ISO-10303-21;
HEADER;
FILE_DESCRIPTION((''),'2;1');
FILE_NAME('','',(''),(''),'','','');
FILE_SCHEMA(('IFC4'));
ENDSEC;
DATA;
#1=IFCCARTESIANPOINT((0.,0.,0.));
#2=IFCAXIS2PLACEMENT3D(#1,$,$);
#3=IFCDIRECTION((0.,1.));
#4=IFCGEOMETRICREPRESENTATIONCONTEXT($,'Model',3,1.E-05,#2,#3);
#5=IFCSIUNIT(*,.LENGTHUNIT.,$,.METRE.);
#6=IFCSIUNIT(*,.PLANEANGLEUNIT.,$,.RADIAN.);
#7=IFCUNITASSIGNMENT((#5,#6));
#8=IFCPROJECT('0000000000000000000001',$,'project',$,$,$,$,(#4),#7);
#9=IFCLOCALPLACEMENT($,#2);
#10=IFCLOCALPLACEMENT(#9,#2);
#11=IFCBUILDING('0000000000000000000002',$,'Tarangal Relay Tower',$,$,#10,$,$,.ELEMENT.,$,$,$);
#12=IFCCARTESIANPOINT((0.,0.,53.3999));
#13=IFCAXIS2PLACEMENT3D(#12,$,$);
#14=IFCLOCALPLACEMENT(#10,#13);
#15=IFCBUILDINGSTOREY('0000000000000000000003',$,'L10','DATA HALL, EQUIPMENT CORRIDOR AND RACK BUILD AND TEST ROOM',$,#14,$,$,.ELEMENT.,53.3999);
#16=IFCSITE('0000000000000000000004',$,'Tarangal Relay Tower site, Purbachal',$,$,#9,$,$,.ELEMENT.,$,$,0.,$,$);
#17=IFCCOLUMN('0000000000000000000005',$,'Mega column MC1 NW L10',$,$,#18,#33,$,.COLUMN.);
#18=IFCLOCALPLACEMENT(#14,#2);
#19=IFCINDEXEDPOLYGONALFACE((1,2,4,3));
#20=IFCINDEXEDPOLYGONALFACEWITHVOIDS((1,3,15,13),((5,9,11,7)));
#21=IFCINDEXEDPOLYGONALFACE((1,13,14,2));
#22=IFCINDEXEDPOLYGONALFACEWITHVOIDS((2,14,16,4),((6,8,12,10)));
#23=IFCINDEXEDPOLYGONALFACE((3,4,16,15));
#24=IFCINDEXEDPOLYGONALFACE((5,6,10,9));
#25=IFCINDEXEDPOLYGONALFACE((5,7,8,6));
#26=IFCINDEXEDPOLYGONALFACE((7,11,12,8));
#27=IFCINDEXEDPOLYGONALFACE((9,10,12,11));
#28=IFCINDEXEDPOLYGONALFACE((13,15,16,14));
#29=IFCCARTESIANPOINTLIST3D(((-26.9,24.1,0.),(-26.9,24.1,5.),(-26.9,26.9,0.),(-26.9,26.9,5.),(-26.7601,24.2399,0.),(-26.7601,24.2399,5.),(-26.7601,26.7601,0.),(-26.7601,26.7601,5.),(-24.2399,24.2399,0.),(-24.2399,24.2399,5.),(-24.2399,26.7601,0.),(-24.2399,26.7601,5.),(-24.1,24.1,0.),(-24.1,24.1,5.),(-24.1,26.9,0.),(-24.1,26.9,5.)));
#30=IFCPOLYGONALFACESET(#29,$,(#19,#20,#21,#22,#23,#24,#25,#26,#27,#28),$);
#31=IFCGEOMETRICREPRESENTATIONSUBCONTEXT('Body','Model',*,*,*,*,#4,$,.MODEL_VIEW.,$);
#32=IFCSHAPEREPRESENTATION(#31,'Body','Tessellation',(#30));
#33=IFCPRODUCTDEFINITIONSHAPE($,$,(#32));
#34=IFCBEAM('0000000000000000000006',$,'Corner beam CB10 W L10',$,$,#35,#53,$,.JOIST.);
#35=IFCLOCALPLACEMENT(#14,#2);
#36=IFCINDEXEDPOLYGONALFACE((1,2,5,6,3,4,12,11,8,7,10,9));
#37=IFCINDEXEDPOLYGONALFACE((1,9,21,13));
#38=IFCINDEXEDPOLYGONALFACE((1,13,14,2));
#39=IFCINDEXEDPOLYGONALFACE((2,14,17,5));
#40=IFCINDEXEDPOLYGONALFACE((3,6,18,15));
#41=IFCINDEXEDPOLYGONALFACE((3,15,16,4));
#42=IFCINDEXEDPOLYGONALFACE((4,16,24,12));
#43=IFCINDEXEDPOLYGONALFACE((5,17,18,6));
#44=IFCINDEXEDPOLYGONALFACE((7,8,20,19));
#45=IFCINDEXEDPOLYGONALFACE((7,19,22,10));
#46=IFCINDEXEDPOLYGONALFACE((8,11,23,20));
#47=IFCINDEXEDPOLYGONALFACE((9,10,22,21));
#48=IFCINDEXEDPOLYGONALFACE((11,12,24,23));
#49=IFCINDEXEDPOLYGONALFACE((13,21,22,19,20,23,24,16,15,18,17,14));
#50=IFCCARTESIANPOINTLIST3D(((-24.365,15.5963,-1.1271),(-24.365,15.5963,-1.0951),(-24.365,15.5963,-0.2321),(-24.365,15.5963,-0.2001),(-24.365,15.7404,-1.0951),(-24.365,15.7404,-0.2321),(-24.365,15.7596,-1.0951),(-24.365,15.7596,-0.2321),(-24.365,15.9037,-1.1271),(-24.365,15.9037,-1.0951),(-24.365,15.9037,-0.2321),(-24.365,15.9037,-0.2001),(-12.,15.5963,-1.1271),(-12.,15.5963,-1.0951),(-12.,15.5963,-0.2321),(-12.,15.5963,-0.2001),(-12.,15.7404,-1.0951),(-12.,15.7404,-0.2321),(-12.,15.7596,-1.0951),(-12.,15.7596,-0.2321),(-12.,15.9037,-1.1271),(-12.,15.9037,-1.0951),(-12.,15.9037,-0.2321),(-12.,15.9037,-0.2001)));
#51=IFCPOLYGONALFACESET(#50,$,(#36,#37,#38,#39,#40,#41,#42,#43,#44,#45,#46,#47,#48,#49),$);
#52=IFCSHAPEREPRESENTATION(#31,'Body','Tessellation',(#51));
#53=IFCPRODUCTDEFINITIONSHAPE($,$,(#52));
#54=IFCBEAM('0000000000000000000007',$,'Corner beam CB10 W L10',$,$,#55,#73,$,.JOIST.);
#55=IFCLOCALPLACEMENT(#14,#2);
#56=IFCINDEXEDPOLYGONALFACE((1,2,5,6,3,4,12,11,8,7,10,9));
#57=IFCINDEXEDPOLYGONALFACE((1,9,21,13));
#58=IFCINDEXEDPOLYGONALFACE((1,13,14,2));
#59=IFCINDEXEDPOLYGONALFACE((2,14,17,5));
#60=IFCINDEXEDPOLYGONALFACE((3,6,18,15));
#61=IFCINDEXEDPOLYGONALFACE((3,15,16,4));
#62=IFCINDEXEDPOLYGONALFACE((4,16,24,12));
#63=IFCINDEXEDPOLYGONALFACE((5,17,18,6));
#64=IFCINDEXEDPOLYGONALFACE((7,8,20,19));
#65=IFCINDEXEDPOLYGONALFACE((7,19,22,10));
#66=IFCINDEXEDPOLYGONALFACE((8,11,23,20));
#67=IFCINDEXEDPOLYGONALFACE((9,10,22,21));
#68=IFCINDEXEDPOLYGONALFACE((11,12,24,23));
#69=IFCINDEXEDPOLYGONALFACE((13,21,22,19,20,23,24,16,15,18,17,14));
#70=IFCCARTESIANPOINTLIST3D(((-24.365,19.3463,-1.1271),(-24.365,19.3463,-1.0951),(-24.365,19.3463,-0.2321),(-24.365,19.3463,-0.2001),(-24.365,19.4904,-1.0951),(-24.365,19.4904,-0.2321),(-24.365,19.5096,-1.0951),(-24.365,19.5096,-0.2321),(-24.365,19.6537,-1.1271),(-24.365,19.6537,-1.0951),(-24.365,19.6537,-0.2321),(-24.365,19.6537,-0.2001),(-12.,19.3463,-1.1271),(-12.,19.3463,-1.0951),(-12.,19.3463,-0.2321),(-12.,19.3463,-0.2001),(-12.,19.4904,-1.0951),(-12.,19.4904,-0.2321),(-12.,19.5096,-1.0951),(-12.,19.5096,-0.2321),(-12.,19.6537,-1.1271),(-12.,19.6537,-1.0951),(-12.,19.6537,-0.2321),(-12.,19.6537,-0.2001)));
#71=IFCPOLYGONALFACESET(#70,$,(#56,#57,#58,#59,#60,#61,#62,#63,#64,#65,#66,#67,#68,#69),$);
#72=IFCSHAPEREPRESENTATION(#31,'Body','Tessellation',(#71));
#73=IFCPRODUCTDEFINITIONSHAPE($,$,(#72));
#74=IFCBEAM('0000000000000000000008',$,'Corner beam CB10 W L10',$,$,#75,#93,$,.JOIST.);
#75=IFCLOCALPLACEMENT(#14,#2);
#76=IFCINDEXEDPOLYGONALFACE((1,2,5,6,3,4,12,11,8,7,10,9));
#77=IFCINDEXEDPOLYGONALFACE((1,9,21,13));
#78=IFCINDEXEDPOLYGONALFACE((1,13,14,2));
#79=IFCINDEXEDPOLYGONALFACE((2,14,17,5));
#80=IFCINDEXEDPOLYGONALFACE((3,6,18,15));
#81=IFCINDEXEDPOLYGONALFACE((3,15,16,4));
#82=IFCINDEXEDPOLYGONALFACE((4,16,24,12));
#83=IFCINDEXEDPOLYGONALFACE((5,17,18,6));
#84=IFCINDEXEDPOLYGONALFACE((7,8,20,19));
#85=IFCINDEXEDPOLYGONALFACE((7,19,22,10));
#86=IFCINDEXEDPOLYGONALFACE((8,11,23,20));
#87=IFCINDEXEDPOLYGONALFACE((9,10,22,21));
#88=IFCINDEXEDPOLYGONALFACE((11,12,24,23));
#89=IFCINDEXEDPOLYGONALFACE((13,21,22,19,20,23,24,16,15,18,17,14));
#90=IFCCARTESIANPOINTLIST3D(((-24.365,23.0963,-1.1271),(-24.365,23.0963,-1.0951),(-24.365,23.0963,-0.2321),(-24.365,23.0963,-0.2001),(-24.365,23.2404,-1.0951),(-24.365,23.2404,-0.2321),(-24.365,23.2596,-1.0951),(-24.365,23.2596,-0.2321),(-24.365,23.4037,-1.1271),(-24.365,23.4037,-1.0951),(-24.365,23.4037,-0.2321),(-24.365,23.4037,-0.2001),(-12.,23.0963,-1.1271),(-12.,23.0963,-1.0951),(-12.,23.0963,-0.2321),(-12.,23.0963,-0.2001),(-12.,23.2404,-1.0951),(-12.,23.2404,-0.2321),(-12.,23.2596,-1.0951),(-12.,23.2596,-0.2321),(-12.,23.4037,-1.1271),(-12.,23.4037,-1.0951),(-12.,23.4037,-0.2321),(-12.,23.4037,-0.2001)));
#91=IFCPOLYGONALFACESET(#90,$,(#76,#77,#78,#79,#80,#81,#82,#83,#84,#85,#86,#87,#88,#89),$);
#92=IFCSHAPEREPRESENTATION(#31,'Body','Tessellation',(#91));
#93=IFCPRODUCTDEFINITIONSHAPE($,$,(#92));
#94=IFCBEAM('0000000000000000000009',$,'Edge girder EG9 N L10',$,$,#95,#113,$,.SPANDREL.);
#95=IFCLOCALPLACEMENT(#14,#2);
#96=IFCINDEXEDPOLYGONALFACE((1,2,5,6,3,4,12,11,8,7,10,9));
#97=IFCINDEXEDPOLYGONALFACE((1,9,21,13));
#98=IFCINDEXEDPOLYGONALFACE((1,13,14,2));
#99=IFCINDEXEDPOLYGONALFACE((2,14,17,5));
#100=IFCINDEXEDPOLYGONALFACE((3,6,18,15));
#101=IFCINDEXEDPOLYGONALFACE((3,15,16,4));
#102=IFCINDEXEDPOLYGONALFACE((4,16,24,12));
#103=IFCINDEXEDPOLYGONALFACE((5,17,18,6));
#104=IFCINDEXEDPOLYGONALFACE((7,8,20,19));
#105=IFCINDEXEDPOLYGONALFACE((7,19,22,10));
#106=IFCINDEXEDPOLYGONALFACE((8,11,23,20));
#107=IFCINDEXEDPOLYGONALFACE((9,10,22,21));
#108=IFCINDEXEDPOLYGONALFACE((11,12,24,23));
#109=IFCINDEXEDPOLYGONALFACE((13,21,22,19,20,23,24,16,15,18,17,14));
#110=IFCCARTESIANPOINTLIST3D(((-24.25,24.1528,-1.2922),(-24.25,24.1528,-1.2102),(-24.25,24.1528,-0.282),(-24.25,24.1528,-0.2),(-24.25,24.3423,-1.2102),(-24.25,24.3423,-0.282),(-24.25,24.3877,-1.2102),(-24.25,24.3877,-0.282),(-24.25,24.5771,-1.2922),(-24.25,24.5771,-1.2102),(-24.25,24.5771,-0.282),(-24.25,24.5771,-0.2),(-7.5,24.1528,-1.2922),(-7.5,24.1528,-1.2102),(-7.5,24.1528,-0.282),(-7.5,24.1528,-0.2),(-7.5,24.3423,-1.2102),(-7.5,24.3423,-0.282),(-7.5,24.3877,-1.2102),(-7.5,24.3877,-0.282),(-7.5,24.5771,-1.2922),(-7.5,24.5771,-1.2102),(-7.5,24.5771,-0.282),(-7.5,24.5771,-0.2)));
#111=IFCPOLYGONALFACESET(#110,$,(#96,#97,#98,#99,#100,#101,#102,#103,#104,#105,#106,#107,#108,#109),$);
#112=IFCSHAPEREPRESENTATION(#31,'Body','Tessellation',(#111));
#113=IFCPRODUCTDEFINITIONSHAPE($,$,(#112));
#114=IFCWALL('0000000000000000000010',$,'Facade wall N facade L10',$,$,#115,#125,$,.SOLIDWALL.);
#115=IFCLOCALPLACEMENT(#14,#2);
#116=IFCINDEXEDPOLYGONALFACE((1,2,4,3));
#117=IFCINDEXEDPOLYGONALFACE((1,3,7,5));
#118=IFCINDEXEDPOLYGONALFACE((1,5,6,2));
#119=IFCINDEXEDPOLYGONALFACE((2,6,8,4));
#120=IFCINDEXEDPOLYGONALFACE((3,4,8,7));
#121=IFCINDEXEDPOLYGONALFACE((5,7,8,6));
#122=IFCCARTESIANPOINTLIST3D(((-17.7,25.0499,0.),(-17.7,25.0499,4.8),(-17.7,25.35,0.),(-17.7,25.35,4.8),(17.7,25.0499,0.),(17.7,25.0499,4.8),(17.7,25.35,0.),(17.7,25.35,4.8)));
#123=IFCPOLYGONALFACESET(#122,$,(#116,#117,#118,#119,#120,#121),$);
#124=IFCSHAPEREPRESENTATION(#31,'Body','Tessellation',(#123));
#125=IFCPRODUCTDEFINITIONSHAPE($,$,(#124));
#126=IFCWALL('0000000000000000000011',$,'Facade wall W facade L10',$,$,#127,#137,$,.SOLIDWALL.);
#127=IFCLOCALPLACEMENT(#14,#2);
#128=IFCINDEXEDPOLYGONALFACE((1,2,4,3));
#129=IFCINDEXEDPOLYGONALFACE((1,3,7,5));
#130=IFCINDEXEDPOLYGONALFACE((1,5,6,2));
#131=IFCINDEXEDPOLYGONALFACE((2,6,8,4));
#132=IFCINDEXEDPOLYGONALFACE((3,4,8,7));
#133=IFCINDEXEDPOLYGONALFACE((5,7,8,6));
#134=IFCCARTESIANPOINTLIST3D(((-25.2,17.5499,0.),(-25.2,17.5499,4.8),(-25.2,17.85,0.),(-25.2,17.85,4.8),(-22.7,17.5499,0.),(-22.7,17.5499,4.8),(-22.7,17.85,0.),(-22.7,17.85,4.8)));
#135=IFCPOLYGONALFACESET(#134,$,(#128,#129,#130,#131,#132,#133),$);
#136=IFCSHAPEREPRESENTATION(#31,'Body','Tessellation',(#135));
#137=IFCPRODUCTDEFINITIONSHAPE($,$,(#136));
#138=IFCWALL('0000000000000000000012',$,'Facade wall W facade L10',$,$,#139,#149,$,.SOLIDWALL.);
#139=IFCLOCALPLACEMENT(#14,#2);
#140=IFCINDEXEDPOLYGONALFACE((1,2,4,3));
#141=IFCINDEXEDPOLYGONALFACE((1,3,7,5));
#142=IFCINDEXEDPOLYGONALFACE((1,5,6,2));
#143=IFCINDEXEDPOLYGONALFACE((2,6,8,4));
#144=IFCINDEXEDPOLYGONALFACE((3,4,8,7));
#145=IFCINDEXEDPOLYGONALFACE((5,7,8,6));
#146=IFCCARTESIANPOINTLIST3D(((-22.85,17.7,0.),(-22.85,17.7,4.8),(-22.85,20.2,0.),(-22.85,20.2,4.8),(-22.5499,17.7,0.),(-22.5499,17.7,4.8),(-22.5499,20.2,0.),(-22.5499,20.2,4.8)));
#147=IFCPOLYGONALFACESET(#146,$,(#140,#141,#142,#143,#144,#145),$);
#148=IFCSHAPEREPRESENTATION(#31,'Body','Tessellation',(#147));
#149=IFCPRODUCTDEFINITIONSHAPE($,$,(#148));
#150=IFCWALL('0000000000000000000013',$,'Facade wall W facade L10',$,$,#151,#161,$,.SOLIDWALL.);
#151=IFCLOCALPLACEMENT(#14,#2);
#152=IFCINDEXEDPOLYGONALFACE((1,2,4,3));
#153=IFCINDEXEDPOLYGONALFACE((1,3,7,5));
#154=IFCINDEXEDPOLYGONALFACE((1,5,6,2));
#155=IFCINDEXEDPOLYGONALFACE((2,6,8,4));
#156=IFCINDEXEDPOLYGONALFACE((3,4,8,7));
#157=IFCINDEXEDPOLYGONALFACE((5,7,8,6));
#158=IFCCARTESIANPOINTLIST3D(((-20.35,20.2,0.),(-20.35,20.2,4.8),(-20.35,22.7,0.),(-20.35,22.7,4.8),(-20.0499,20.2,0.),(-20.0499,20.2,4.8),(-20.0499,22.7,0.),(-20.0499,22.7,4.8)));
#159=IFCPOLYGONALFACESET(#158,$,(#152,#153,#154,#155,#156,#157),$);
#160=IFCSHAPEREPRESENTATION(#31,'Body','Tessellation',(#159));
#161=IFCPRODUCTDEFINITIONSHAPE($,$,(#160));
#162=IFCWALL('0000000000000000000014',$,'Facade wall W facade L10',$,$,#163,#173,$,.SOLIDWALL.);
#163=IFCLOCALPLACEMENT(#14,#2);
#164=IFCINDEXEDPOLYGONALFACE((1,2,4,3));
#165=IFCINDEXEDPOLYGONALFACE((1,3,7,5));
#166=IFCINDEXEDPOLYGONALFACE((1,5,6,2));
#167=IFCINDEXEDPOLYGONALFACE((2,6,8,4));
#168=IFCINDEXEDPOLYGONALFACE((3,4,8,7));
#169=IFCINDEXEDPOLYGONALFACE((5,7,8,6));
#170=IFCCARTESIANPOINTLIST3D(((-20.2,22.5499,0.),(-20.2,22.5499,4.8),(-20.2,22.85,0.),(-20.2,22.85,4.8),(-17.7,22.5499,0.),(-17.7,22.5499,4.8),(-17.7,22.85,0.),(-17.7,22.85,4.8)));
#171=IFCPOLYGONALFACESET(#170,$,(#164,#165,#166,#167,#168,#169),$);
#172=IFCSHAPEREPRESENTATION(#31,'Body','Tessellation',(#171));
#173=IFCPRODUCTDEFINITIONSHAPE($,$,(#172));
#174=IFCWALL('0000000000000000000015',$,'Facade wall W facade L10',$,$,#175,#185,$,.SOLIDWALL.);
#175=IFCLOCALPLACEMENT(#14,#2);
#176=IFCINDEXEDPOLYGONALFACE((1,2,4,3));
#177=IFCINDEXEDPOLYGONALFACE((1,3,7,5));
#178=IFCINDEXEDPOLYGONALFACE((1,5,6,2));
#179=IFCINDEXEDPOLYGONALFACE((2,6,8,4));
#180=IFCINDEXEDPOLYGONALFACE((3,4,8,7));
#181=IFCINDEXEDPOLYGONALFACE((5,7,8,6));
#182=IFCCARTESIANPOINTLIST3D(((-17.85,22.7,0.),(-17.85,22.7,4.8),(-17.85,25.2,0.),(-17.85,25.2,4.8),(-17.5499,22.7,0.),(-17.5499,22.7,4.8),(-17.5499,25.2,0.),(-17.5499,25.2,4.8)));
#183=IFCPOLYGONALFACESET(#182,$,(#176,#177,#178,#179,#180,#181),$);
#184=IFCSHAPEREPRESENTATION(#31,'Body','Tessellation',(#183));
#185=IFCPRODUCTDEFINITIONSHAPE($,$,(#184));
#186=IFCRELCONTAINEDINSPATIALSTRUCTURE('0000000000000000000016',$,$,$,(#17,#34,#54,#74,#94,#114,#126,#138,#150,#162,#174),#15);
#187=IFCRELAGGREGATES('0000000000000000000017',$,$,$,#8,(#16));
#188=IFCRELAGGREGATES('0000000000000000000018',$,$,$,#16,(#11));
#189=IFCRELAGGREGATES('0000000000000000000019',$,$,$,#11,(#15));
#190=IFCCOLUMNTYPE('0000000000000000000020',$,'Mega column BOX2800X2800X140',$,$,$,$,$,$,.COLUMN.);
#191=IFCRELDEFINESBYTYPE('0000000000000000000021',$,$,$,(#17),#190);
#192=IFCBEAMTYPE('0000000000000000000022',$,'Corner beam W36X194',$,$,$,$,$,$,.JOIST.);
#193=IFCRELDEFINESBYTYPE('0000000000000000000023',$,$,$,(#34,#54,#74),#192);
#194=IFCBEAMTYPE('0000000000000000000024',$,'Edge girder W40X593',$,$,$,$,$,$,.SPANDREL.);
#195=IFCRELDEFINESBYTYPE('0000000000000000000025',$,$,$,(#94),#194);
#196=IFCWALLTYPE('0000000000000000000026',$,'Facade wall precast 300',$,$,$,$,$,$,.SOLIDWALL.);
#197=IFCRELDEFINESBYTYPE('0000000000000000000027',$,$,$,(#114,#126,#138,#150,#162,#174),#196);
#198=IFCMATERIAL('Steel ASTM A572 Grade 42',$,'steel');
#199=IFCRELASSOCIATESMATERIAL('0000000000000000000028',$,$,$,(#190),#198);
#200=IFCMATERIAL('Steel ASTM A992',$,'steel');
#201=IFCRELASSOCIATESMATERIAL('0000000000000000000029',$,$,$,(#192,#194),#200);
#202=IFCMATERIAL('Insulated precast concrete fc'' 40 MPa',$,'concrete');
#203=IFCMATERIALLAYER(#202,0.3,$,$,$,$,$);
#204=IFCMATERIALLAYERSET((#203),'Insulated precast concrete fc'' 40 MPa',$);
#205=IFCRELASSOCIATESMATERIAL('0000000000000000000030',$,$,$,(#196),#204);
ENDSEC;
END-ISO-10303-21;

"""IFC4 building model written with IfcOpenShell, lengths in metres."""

from ifc_helpers import new_model, si_unit, direction, frame, frame_2d, origin, origin_2d, place, context, subcontext, project, spatial, rectangle, hollow_rectangle, i_section, extrude, material, layer, layer_set, material_profile, profile_set, type_object, element, save


model = new_model("IFC4")

# Units and contexts
model_context = context("Model", 3, precision=1e-05, world=origin(), true_north=direction((0.0, 1.0)))
body_context = subcontext(model_context, "Body", "Model", "MODEL_VIEW")
ifc_project = project(units=[si_unit("LENGTHUNIT", "METRE"), si_unit("PLANEANGLEUNIT", "RADIAN")], contexts=[model_context])

# Site, building, storey
site_placement = place(None, origin())
site = spatial("IfcSite", under=ifc_project, at=site_placement, Name="Tarangal Relay Tower site, Purbachal", CompositionType="ELEMENT", RefElevation=0.0)
building_placement = place(site_placement, origin())
building = spatial("IfcBuilding", under=site, at=building_placement, Name="Tarangal Relay Tower", CompositionType="ELEMENT")
storey_placement = place(building_placement, frame((0.0, 0.0, 53.3999)))
storey = spatial("IfcBuildingStorey", under=building, at=storey_placement, Name="L10", Description="DATA HALL, EQUIPMENT CORRIDOR AND RACK BUILD AND TEST ROOM", CompositionType="ELEMENT", Elevation=53.3999)

# Column
ifc_material_1 = material(Name="Steel ASTM A572 Grade 42", Category="steel")
ifc_material_profile_1 = material_profile(ifc_material_1, hollow_rectangle(XDim=2.8, YDim=2.8, WallThickness=0.1399, at=origin_2d()), Name="BOX2800X2800X140")
ifc_profile_set_1 = profile_set([ifc_material_profile_1], Name="Steel ASTM A572 Grade 42")
column_type = type_object("IfcColumnType", Name="Mega column BOX2800X2800X140", PredefinedType="COLUMN", material=ifc_profile_set_1)
column_placement = place(storey_placement, frame((-25.5, 25.5, 0.0), z_axis=(0.0, 0.0, 1.0), x_axis=(1.0, 0.0, 0.0)))
element("IfcColumn", 1, at=column_placement, inside=storey, type_object=column_type, Name="Mega column MC1 NW L10", PredefinedType="COLUMN", context=body_context, shape_type="SweptSolid", body=[
    extrude(hollow_rectangle(XDim=2.8, YDim=2.8, WallThickness=0.1399, at=origin_2d()), origin(), (0.0, 0.0, 1.0), 5.0),
])

# Beams
ifc_material_2 = material(Name="Steel ASTM A992", Category="steel")
ifc_material_profile_2 = material_profile(ifc_material_2, i_section(OverallWidth=0.3074, OverallDepth=0.927, WebThickness=0.0193, FlangeThickness=0.032, at=origin_2d()), Name="W36X194")
ifc_profile_set_2 = profile_set([ifc_material_profile_2], Name="Steel ASTM A992")
beam_type_1 = type_object("IfcBeamType", Name="Corner beam W36X194", PredefinedType="JOIST", material=ifc_profile_set_2)
for number, where, z_axis, x_axis, name in (
    (2, (-12.0, 15.75, -0.6636), (-1.0, 0.0, 0.0), (0.0, -1.0, 0.0), "Corner beam CB10 W L10"),
    (3, (-12.0, 19.5, -0.6636), (-1.0, 0.0, 0.0), (0.0, -1.0, 0.0), "Corner beam CB10 W L10"),
    (4, (-12.0, 23.25, -0.6636), (-1.0, 0.0, 0.0), (0.0, -1.0, 0.0), "Corner beam CB10 W L10"),
):
    element("IfcBeam", number, at=place(storey_placement, frame(where, z_axis=z_axis, x_axis=x_axis)), inside=storey, type_object=beam_type_1, Name=name, PredefinedType="JOIST", context=body_context, shape_type="SweptSolid", body=[
        extrude(i_section(OverallWidth=0.3074, OverallDepth=0.927, WebThickness=0.0193, FlangeThickness=0.032, at=origin_2d()), origin(), (0.0, 0.0, 1.0), 12.365),
    ])
ifc_material_profile_3 = material_profile(ifc_material_2, i_section(OverallWidth=0.4243, OverallDepth=1.0923, WebThickness=0.0454, FlangeThickness=0.082, at=origin_2d()), Name="W40X593")
ifc_profile_set_3 = profile_set([ifc_material_profile_3], Name="Steel ASTM A992")
beam_type_2 = type_object("IfcBeamType", Name="Edge girder W40X593", PredefinedType="SPANDREL", material=ifc_profile_set_3)
beam_placement = place(storey_placement, frame((-24.25, 24.365, -0.7461), z_axis=(1.0, 0.0, 0.0), x_axis=(0.0, 1.0, 0.0)))
element("IfcBeam", 5, at=beam_placement, inside=storey, type_object=beam_type_2, Name="Edge girder EG9 N L10", PredefinedType="SPANDREL", context=body_context, shape_type="SweptSolid", body=[
    extrude(i_section(OverallWidth=0.4243, OverallDepth=1.0923, WebThickness=0.0454, FlangeThickness=0.082, at=origin_2d()), origin(), (0.0, 0.0, 1.0), 16.75),
])

# Walls
ifc_material_3 = material(Name="Insulated precast concrete fc' 40 MPa", Category="concrete")
ifc_layer_1 = layer(ifc_material_3, 0.3)
ifc_layer_set_1 = layer_set([ifc_layer_1], Name="Insulated precast concrete fc' 40 MPa")
wall_type_1 = type_object("IfcWallType", Name="Facade wall precast 300", PredefinedType="SOLIDWALL", material=ifc_layer_set_1)
wall_1_placement = place(storey_placement, frame((-17.7, 25.2, 0.0), z_axis=(0.0, 0.0, 1.0), x_axis=(1.0, 0.0, 0.0)))
element("IfcWall", 6, at=wall_1_placement, inside=storey, type_object=wall_type_1, Name="Facade wall N facade L10", PredefinedType="SOLIDWALL", context=body_context, shape_type="SweptSolid", body=[
    extrude(rectangle(XDim=35.3999, YDim=0.3, at=frame_2d((17.7, 0.0))), origin(), (0.0, 0.0, 1.0), 4.8),
])
for number, where, z_axis, x_axis, name in (
    (7, (-25.2, 17.7, 0.0), (0.0, 0.0, 1.0), (1.0, 0.0, 0.0), "Facade wall W facade L10"),
    (8, (-22.7, 17.7, 0.0), (0.0, 0.0, 1.0), (0.0, 1.0, 0.0), "Facade wall W facade L10"),
):
    element("IfcWall", number, at=place(storey_placement, frame(where, z_axis=z_axis, x_axis=x_axis)), inside=storey, type_object=wall_type_1, Name=name, PredefinedType="SOLIDWALL", context=body_context, shape_type="SweptSolid", body=[
        extrude(rectangle(XDim=2.5, YDim=0.3, at=frame_2d((1.25, 0.0))), origin(), (0.0, 0.0, 1.0), 4.8),
    ])

# Walls
for number, where, z_axis, x_axis, name in (
    (9, (-20.2, 20.2, 0.0), (0.0, 0.0, 1.0), (0.0, 1.0, 0.0), "Facade wall W facade L10"),
    (10, (-20.2, 22.7, 0.0), (0.0, 0.0, 1.0), (1.0, 0.0, 0.0), "Facade wall W facade L10"),
    (11, (-17.7, 22.7, 0.0), (0.0, 0.0, 1.0), (0.0, 1.0, 0.0), "Facade wall W facade L10"),
):
    element("IfcWall", number, at=place(storey_placement, frame(where, z_axis=z_axis, x_axis=x_axis)), inside=storey, type_object=wall_type_1, Name=name, PredefinedType="SOLIDWALL", context=body_context, shape_type="SweptSolid", body=[
        extrude(rectangle(XDim=2.5, YDim=0.3, at=frame_2d((1.25, 0.0))), origin(), (0.0, 0.0, 1.0), 4.8),
    ])

save(model, "model.ifc")
